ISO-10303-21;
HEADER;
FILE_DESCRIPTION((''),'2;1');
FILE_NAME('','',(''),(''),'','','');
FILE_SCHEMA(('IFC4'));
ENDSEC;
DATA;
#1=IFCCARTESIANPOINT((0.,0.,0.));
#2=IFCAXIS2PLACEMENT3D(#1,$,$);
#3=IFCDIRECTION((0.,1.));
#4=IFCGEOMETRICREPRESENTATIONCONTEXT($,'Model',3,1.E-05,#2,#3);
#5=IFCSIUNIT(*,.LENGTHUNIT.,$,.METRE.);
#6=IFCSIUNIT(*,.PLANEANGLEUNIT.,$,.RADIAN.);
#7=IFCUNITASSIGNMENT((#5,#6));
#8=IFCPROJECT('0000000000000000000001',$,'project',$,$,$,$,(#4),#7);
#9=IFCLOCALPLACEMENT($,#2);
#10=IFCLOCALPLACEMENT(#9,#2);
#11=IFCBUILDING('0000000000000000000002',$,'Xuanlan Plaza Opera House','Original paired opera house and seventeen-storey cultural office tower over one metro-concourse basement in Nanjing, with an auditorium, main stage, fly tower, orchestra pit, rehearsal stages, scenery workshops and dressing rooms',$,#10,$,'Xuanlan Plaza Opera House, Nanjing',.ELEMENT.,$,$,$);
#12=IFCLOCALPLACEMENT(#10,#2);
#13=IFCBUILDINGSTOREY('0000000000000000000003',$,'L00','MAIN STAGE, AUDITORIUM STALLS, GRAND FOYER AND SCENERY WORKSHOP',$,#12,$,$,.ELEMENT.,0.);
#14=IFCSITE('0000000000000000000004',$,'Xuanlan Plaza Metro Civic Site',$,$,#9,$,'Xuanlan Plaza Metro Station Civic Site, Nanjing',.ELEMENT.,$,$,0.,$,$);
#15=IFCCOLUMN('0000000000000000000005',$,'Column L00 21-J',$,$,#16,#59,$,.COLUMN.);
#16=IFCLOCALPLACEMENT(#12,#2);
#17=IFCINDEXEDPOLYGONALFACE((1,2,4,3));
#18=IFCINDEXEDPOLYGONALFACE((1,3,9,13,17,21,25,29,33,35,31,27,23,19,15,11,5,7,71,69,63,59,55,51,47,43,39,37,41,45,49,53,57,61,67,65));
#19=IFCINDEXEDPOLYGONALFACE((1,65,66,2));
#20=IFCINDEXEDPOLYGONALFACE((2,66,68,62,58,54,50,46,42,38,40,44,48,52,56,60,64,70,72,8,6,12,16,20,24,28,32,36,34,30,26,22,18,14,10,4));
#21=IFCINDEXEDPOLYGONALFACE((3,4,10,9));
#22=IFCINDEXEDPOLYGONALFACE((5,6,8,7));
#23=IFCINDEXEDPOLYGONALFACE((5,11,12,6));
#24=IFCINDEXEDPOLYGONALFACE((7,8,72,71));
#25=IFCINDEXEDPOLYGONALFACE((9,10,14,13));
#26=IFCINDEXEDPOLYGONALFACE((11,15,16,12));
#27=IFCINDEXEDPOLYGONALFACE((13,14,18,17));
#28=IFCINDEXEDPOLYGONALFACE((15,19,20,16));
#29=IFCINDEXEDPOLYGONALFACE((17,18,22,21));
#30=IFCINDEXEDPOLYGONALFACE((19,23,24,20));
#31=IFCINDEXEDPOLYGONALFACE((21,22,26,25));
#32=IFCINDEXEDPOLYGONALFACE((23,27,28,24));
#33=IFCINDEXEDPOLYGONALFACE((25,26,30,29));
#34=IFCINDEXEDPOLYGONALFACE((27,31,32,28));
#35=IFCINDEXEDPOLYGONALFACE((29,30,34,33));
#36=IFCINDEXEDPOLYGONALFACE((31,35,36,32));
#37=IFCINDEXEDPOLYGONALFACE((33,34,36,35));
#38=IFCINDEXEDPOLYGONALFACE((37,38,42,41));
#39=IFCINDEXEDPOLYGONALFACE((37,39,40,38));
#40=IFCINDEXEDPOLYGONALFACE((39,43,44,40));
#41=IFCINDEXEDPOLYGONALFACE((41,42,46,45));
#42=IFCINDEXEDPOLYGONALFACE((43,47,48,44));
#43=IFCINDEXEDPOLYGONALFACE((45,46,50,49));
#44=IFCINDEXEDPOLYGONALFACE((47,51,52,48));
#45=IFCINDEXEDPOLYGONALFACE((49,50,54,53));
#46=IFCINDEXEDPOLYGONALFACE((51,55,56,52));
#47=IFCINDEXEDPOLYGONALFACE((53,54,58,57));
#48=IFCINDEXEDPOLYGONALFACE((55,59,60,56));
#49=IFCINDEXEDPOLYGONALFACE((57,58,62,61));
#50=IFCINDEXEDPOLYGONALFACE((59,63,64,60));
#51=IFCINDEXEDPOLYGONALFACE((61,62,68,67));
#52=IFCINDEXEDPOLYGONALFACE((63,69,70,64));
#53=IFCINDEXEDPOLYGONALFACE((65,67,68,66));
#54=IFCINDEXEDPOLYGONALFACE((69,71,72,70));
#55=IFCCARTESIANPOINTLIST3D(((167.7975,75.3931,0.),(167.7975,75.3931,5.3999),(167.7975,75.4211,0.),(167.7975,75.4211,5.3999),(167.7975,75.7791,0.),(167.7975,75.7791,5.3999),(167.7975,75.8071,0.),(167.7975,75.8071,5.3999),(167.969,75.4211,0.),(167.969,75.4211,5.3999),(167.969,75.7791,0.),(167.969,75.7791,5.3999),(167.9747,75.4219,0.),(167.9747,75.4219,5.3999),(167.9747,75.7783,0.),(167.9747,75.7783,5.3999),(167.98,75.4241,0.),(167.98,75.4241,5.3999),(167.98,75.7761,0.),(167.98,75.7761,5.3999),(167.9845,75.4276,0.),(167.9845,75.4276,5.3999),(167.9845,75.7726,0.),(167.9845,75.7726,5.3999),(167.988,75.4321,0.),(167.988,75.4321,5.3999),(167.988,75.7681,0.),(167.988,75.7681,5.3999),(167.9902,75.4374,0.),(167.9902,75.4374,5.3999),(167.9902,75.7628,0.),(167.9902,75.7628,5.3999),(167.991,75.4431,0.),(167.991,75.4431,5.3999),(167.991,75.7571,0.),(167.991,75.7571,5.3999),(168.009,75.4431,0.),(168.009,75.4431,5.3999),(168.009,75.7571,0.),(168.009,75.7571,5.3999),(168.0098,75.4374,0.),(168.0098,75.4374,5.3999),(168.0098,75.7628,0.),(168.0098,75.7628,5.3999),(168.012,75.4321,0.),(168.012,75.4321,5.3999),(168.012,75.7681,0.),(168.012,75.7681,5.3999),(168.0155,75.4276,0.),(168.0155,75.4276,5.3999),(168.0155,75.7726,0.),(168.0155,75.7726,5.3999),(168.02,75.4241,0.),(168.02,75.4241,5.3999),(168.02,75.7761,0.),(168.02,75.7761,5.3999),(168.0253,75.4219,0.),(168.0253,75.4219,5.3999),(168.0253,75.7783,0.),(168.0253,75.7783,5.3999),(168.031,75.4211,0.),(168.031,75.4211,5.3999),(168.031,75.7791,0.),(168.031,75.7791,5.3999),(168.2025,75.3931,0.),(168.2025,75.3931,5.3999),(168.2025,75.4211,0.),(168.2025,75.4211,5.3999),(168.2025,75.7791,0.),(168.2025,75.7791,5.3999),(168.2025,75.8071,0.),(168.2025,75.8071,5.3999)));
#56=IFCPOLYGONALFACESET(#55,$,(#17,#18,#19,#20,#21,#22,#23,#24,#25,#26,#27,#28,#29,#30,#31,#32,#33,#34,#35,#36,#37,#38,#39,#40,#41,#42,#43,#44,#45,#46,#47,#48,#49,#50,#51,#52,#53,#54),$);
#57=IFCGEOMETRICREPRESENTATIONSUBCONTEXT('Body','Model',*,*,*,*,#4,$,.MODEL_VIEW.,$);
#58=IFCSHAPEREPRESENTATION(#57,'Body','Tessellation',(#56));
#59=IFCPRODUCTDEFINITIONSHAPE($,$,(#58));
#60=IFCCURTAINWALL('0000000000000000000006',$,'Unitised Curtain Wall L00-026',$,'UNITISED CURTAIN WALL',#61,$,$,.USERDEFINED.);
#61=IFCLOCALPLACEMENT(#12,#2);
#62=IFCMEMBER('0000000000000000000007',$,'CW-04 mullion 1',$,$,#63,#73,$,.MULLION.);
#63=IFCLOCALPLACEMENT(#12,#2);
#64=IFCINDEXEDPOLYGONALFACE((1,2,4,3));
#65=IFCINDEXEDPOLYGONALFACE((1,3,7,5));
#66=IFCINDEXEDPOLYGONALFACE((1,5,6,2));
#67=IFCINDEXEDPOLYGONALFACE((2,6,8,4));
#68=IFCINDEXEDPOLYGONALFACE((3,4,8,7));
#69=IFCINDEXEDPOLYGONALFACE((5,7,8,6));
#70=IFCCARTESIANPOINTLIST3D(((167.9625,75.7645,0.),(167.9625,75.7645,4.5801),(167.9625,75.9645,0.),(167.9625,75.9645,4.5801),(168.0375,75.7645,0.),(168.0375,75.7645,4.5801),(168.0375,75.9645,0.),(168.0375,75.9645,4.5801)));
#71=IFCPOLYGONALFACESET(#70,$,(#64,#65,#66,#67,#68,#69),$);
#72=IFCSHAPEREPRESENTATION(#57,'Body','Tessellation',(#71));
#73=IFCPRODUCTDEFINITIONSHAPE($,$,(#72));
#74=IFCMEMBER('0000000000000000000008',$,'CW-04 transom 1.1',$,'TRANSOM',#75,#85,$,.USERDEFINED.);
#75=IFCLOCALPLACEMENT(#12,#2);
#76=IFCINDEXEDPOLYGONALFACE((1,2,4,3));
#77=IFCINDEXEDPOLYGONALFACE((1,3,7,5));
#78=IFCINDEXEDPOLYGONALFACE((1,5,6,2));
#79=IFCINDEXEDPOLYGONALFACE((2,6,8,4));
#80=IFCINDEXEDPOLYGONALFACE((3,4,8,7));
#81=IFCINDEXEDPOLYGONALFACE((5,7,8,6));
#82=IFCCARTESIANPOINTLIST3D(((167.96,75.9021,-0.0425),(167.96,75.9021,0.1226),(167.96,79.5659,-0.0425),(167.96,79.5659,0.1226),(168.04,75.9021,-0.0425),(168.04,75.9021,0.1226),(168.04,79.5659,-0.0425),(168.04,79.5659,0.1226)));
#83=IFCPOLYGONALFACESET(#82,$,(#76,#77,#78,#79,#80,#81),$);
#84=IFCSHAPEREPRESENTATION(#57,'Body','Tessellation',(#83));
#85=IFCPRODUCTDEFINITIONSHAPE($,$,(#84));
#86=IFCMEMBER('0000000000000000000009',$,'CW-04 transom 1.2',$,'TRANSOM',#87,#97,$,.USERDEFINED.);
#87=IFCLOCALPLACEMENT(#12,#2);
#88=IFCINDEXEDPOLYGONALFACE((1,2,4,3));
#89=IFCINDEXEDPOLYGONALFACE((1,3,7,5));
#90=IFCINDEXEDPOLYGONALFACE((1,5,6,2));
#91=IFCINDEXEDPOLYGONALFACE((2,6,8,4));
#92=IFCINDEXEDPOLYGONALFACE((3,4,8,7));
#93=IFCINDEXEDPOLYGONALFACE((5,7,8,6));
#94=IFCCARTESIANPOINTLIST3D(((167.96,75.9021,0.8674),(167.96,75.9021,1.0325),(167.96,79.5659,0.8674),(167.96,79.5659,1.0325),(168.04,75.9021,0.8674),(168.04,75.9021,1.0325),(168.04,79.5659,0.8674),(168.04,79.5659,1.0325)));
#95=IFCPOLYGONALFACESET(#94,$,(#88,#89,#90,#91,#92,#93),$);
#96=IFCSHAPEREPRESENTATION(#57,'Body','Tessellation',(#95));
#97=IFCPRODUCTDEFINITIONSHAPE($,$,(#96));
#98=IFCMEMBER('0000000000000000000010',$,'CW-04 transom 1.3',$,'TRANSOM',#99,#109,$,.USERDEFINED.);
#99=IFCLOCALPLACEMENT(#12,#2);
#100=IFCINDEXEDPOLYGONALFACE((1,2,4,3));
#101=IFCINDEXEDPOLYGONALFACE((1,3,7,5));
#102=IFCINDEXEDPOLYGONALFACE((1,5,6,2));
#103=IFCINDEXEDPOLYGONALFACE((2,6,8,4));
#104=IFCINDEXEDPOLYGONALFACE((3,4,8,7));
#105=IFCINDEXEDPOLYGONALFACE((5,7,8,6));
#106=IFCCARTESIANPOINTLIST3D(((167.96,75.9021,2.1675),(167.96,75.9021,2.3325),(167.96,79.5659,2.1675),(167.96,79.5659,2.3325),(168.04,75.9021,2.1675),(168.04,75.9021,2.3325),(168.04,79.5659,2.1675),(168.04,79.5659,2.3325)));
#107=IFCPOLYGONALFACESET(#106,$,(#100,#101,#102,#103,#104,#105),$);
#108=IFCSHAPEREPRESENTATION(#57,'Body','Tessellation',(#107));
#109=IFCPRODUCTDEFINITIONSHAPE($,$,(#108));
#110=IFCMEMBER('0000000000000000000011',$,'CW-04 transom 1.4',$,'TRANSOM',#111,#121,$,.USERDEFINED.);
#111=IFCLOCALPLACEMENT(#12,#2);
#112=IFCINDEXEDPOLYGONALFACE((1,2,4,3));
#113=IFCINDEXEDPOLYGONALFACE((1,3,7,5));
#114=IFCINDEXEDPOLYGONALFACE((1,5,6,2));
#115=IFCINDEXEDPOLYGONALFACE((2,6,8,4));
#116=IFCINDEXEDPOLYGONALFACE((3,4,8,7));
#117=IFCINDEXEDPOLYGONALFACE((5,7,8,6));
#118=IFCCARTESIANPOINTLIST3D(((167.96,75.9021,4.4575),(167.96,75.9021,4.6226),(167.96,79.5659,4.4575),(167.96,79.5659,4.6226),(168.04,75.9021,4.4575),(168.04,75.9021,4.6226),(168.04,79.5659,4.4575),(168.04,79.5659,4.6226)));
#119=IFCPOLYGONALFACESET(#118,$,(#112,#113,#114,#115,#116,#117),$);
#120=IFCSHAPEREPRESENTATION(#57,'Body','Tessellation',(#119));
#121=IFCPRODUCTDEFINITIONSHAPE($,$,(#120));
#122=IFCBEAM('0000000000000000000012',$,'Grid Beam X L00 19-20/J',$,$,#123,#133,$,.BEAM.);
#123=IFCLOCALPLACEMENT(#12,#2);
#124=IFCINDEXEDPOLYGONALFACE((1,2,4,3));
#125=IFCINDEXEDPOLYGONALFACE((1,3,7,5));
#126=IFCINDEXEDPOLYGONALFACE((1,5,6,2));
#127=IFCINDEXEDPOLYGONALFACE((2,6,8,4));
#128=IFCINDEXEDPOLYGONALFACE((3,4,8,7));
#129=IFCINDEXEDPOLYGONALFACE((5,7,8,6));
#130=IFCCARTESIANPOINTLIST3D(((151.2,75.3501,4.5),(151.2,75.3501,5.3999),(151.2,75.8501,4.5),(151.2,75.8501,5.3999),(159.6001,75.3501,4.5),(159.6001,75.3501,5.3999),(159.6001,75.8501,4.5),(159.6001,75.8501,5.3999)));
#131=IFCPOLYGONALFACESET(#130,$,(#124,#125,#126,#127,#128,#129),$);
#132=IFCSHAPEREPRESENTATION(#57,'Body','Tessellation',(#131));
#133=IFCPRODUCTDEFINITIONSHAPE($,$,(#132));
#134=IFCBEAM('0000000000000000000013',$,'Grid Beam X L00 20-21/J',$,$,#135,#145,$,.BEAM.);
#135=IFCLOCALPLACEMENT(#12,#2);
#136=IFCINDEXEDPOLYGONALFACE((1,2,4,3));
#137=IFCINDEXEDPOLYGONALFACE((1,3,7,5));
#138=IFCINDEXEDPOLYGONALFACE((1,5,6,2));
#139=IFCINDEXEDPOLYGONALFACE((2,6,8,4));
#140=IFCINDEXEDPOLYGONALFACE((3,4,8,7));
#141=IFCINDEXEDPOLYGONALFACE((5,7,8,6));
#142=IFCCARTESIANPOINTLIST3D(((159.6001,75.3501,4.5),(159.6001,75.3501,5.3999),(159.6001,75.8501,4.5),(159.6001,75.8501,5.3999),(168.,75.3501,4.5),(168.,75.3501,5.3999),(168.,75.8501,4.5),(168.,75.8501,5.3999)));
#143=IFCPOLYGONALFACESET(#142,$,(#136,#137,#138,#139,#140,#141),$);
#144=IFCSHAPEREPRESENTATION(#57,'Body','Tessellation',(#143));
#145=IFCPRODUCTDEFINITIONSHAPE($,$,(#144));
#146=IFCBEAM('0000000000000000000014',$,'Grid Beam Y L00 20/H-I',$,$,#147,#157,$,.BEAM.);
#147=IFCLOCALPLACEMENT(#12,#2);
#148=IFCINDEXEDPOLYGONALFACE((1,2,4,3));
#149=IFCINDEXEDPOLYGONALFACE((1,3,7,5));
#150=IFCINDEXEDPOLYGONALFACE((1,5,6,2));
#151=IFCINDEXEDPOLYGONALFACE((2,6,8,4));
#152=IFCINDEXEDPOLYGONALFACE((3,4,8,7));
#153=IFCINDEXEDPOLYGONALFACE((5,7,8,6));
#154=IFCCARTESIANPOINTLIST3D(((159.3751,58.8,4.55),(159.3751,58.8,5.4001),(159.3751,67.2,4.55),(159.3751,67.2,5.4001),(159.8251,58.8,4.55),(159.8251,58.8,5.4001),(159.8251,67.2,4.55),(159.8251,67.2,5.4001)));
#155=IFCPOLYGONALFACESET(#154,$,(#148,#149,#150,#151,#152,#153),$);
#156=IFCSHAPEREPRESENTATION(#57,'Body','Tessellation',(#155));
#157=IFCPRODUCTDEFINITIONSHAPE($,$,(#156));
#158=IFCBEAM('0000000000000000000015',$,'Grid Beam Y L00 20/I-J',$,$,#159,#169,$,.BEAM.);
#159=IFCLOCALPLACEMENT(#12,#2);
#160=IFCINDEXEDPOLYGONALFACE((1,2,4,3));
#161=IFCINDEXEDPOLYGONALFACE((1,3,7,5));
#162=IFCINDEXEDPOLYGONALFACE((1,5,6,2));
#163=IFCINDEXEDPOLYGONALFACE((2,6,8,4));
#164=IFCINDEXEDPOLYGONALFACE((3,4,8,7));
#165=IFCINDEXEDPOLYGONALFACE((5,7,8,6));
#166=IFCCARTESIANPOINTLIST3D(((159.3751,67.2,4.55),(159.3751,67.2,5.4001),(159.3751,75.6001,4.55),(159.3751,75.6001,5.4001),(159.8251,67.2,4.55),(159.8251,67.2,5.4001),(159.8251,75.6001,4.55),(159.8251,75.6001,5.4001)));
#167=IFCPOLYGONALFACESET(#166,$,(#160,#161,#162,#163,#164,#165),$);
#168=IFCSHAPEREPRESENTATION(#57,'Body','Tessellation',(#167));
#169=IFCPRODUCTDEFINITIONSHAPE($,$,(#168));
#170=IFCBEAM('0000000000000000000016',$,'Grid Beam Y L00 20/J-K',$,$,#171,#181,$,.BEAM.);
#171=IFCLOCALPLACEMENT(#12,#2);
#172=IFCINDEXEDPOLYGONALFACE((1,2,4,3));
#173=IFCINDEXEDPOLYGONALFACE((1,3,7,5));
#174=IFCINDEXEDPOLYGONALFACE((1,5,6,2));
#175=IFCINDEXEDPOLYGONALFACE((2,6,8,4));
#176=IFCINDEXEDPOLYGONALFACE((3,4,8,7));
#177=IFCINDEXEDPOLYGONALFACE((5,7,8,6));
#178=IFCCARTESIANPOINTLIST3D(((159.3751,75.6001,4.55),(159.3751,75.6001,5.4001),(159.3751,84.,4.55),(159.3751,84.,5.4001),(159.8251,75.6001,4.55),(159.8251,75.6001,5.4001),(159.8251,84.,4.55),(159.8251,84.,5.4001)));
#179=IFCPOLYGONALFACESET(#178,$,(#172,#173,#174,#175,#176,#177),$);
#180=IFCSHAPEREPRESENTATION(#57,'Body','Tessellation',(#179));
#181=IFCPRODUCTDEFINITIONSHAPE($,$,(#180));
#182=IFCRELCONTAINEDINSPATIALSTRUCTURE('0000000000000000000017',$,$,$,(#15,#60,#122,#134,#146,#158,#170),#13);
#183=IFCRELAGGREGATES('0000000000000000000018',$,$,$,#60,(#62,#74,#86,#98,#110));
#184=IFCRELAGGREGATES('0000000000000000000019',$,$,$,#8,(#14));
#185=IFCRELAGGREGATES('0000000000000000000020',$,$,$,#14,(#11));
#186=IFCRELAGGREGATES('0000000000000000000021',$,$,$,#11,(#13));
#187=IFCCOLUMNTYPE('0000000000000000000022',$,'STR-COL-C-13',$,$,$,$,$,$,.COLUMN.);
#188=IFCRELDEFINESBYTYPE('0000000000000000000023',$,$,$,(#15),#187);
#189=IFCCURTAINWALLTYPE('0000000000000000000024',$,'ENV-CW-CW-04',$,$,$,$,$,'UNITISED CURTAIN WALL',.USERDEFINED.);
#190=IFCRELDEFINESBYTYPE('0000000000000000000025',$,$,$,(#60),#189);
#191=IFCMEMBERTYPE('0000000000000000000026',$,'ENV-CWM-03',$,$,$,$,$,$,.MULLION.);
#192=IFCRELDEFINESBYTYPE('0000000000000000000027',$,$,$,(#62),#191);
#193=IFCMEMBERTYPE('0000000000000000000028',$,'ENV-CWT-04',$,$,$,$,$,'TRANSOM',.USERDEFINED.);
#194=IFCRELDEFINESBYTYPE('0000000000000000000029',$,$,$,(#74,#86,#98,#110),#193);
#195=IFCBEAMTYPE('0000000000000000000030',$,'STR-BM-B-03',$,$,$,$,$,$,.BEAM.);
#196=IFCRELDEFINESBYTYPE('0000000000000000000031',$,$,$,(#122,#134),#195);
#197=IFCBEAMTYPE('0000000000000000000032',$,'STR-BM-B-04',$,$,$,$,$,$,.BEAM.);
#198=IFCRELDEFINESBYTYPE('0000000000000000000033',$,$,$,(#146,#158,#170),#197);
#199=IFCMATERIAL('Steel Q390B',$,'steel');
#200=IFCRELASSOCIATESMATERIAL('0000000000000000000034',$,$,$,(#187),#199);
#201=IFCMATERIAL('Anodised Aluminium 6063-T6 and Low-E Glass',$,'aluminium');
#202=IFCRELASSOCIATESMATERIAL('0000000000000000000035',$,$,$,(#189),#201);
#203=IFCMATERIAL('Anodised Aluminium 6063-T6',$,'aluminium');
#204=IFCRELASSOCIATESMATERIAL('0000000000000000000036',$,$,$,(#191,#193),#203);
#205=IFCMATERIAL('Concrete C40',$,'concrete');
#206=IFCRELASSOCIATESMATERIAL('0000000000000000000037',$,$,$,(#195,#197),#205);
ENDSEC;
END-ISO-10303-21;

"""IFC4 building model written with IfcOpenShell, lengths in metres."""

from ifc_helpers import new_model, si_unit, direction, frame, origin, origin_2d, place, context, subcontext, project, spatial, rectangle, i_section, extrude, material, material_profile, profile_set, type_object, element, aggregate, save


model = new_model("IFC4")

# Units and contexts
model_context = context("Model", 3, precision=1e-05, world=origin(), true_north=direction((0.0, 1.0)))
body_context = subcontext(model_context, "Body", "Model", "MODEL_VIEW")
ifc_project = project(units=[si_unit("LENGTHUNIT", "METRE"), si_unit("PLANEANGLEUNIT", "RADIAN")], contexts=[model_context])

# Site, building, storey
site_placement = place(None, origin())
site = spatial("IfcSite", under=ifc_project, at=site_placement, Name="Xuanlan Plaza Metro Civic Site", LongName="Xuanlan Plaza Metro Station Civic Site, Nanjing", CompositionType="ELEMENT", RefElevation=0.0)
building_placement = place(site_placement, origin())
building = spatial("IfcBuilding", under=site, at=building_placement, Name="Xuanlan Plaza Opera House", Description="Original paired opera house and seventeen-storey cultural office tower over one metro-concourse basement in Nanjing, with an auditorium, main stage, fly tower, orchestra pit, rehearsal stages, scenery workshops and dressing rooms", LongName="Xuanlan Plaza Opera House, Nanjing", CompositionType="ELEMENT")
storey_placement = place(building_placement, origin())
storey = spatial("IfcBuildingStorey", under=building, at=storey_placement, Name="L00", Description="MAIN STAGE, AUDITORIUM STALLS, GRAND FOYER AND SCENERY WORKSHOP", CompositionType="ELEMENT", Elevation=0.0)

# Column
ifc_material_1 = material(Name="Steel Q390B", Category="steel")
ifc_material_profile_1 = material_profile(ifc_material_1, i_section(OverallWidth=0.405, OverallDepth=0.4141, WebThickness=0.0181, FlangeThickness=0.0281, FilletRadius=0.022, at=origin_2d()), Name="HW 414x405x18x28")
ifc_profile_set_1 = profile_set([ifc_material_profile_1], Name="Steel Q390B")
column_type_1 = type_object("IfcColumnType", Name="STR-COL-C-13", PredefinedType="COLUMN", material=ifc_profile_set_1)
for number, where, z_axis, x_axis, name in (
    (1, (168.0, 75.6001, 0.0), (0.0, 0.0, 1.0), (1.0, 0.0, 0.0), "Column L00 21-J"),
):
    element("IfcColumn", number, at=place(storey_placement, frame(where, z_axis=z_axis, x_axis=x_axis)), inside=storey, type_object=column_type_1, Name=name, PredefinedType="COLUMN", context=body_context, shape_type="SweptSolid", body=[
        extrude(i_section(OverallWidth=0.405, OverallDepth=0.4141, WebThickness=0.0181, FlangeThickness=0.0281, FilletRadius=0.022, at=origin_2d()), origin(), (0.0, 0.0, 1.0), 5.3999),
    ])

# Curtain wall, members
ifc_material_2 = material(Name="Anodised Aluminium 6063-T6 and Low-E Glass", Category="aluminium")
curtain_wall_type = type_object("IfcCurtainWallType", Name="ENV-CW-CW-04", ElementType="UNITISED CURTAIN WALL", PredefinedType="USERDEFINED", material=ifc_material_2)
curtain_wall_placement = place(storey_placement, origin())
curtain_wall = element("IfcCurtainWall", 2, at=curtain_wall_placement, inside=storey, type_object=curtain_wall_type, Name="Unitised Curtain Wall L00-026", ObjectType="UNITISED CURTAIN WALL", PredefinedType="USERDEFINED")
ifc_material_3 = material(Name="Anodised Aluminium 6063-T6", Category="aluminium")
ifc_material_profile_2 = material_profile(ifc_material_3, rectangle(XDim=0.075, YDim=0.2, at=origin_2d()), Name="ALU-M 75x200")
ifc_profile_set_2 = profile_set([ifc_material_profile_2], Name="Anodised Aluminium 6063-T6")
member_type_1 = type_object("IfcMemberType", Name="ENV-CWM-03", PredefinedType="MULLION", material=ifc_profile_set_2)
member_1_placement = place(storey_placement, frame((168.0, 75.8645, 0.0), z_axis=(0.0, 0.0, 1.0), x_axis=(-1.0, 0.0, 0.0)))
member_1 = element("IfcMember", 3, at=member_1_placement, type_object=member_type_1, Name="CW-04 mullion 1", PredefinedType="MULLION", context=body_context, shape_type="SweptSolid", body=[
    extrude(rectangle(XDim=0.075, YDim=0.2, at=origin_2d()), origin(), (0.0, 0.0, 1.0), 4.5801),
])
ifc_material_profile_3 = material_profile(ifc_material_3, rectangle(XDim=0.0801, YDim=0.165, at=origin_2d()), Name="ALU-T 80x165")
ifc_profile_set_3 = profile_set([ifc_material_profile_3], Name="Anodised Aluminium 6063-T6")
member_type_2 = type_object("IfcMemberType", Name="ENV-CWT-04", ElementType="TRANSOM", PredefinedType="USERDEFINED", material=ifc_profile_set_3)
member_2_placement = place(storey_placement, frame((168.0, 75.9021, 0.04), z_axis=(0.0, 1.0, 0.0), x_axis=(-1.0, 0.0, 0.0)))
member_2 = element("IfcMember", 4, at=member_2_placement, type_object=member_type_2, Name="CW-04 transom 1.1", ObjectType="TRANSOM", PredefinedType="USERDEFINED", context=body_context, shape_type="SweptSolid", body=[
    extrude(rectangle(XDim=0.0801, YDim=0.165, at=origin_2d()), origin(), (0.0, 0.0, 1.0), 3.6638),
])
member_3_placement = place(storey_placement, frame((168.0, 75.9021, 0.95), z_axis=(0.0, 1.0, 0.0), x_axis=(-1.0, 0.0, 0.0)))
member_3 = element("IfcMember", 5, at=member_3_placement, type_object=member_type_2, Name="CW-04 transom 1.2", ObjectType="TRANSOM", PredefinedType="USERDEFINED", context=body_context, shape_type="SweptSolid", body=[
    extrude(rectangle(XDim=0.0801, YDim=0.165, at=origin_2d()), origin(), (0.0, 0.0, 1.0), 3.6638),
])
member_4_placement = place(storey_placement, frame((168.0, 75.9021, 2.25), z_axis=(0.0, 1.0, 0.0), x_axis=(-1.0, 0.0, 0.0)))
member_4 = element("IfcMember", 6, at=member_4_placement, type_object=member_type_2, Name="CW-04 transom 1.3", ObjectType="TRANSOM", PredefinedType="USERDEFINED", context=body_context, shape_type="SweptSolid", body=[
    extrude(rectangle(XDim=0.0801, YDim=0.165, at=origin_2d()), origin(), (0.0, 0.0, 1.0), 3.6638),
])
member_5_placement = place(storey_placement, frame((168.0, 75.9021, 4.54), z_axis=(0.0, 1.0, 0.0), x_axis=(-1.0, 0.0, 0.0)))
member_5 = element("IfcMember", 7, at=member_5_placement, type_object=member_type_2, Name="CW-04 transom 1.4", ObjectType="TRANSOM", PredefinedType="USERDEFINED", context=body_context, shape_type="SweptSolid", body=[
    extrude(rectangle(XDim=0.0801, YDim=0.165, at=origin_2d()), origin(), (0.0, 0.0, 1.0), 3.6638),
])
aggregate(curtain_wall, [member_1, member_2, member_3, member_4, member_5])

# Beams
ifc_material_4 = material(Name="Concrete C40", Category="concrete")
ifc_material_profile_4 = material_profile(ifc_material_4, rectangle(XDim=0.5, YDim=0.8999, at=origin_2d()), Name="RC-BM 500x900")
ifc_profile_set_4 = profile_set([ifc_material_profile_4], Name="Concrete C40")
beam_type_1 = type_object("IfcBeamType", Name="STR-BM-B-03", PredefinedType="BEAM", material=ifc_profile_set_4)
beam_1_placement = place(storey_placement, frame((151.2, 75.6001, 4.95), z_axis=(1.0, 0.0, 0.0), x_axis=(0.0, 1.0, 0.0)))
element("IfcBeam", 8, at=beam_1_placement, inside=storey, type_object=beam_type_1, Name="Grid Beam X L00 19-20/J", PredefinedType="BEAM", context=body_context, shape_type="SweptSolid", body=[
    extrude(rectangle(XDim=0.5, YDim=0.8999, at=origin_2d()), origin(), (0.0, 0.0, 1.0), 8.4001),
])
beam_2_placement = place(storey_placement, frame((159.6001, 75.6001, 4.95), z_axis=(1.0, 0.0, 0.0), x_axis=(0.0, 1.0, 0.0)))
element("IfcBeam", 9, at=beam_2_placement, inside=storey, type_object=beam_type_1, Name="Grid Beam X L00 20-21/J", PredefinedType="BEAM", context=body_context, shape_type="SweptSolid", body=[
    extrude(rectangle(XDim=0.5, YDim=0.8999, at=origin_2d()), origin(), (0.0, 0.0, 1.0), 8.3999),
])
ifc_material_profile_5 = material_profile(ifc_material_4, rectangle(XDim=0.45, YDim=0.8501, at=origin_2d()), Name="RC-BM 450x850")
ifc_profile_set_5 = profile_set([ifc_material_profile_5], Name="Concrete C40")
beam_type_2 = type_object("IfcBeamType", Name="STR-BM-B-04", PredefinedType="BEAM", material=ifc_profile_set_5)
beam_3_placement = place(storey_placement, frame((159.6001, 58.8, 4.9751), z_axis=(0.0, 1.0, 0.0), x_axis=(-1.0, 0.0, 0.0)))
element("IfcBeam", 10, at=beam_3_placement, inside=storey, type_object=beam_type_2, Name="Grid Beam Y L00 20/H-I", PredefinedType="BEAM", context=body_context, shape_type="SweptSolid", body=[
    extrude(rectangle(XDim=0.45, YDim=0.8501, at=origin_2d()), origin(), (0.0, 0.0, 1.0), 8.3999),
])
beam_4_placement = place(storey_placement, frame((159.6001, 67.2, 4.9751), z_axis=(0.0, 1.0, 0.0), x_axis=(-1.0, 0.0, 0.0)))
element("IfcBeam", 11, at=beam_4_placement, inside=storey, type_object=beam_type_2, Name="Grid Beam Y L00 20/I-J", PredefinedType="BEAM", context=body_context, shape_type="SweptSolid", body=[
    extrude(rectangle(XDim=0.45, YDim=0.8501, at=origin_2d()), origin(), (0.0, 0.0, 1.0), 8.4001),
])
beam_5_placement = place(storey_placement, frame((159.6001, 75.6001, 4.9751), z_axis=(0.0, 1.0, 0.0), x_axis=(-1.0, 0.0, 0.0)))
element("IfcBeam", 12, at=beam_5_placement, inside=storey, type_object=beam_type_2, Name="Grid Beam Y L00 20/J-K", PredefinedType="BEAM", context=body_context, shape_type="SweptSolid", body=[
    extrude(rectangle(XDim=0.45, YDim=0.8501, at=origin_2d()), origin(), (0.0, 0.0, 1.0), 8.3999),
])

save(model, "model.ifc")
